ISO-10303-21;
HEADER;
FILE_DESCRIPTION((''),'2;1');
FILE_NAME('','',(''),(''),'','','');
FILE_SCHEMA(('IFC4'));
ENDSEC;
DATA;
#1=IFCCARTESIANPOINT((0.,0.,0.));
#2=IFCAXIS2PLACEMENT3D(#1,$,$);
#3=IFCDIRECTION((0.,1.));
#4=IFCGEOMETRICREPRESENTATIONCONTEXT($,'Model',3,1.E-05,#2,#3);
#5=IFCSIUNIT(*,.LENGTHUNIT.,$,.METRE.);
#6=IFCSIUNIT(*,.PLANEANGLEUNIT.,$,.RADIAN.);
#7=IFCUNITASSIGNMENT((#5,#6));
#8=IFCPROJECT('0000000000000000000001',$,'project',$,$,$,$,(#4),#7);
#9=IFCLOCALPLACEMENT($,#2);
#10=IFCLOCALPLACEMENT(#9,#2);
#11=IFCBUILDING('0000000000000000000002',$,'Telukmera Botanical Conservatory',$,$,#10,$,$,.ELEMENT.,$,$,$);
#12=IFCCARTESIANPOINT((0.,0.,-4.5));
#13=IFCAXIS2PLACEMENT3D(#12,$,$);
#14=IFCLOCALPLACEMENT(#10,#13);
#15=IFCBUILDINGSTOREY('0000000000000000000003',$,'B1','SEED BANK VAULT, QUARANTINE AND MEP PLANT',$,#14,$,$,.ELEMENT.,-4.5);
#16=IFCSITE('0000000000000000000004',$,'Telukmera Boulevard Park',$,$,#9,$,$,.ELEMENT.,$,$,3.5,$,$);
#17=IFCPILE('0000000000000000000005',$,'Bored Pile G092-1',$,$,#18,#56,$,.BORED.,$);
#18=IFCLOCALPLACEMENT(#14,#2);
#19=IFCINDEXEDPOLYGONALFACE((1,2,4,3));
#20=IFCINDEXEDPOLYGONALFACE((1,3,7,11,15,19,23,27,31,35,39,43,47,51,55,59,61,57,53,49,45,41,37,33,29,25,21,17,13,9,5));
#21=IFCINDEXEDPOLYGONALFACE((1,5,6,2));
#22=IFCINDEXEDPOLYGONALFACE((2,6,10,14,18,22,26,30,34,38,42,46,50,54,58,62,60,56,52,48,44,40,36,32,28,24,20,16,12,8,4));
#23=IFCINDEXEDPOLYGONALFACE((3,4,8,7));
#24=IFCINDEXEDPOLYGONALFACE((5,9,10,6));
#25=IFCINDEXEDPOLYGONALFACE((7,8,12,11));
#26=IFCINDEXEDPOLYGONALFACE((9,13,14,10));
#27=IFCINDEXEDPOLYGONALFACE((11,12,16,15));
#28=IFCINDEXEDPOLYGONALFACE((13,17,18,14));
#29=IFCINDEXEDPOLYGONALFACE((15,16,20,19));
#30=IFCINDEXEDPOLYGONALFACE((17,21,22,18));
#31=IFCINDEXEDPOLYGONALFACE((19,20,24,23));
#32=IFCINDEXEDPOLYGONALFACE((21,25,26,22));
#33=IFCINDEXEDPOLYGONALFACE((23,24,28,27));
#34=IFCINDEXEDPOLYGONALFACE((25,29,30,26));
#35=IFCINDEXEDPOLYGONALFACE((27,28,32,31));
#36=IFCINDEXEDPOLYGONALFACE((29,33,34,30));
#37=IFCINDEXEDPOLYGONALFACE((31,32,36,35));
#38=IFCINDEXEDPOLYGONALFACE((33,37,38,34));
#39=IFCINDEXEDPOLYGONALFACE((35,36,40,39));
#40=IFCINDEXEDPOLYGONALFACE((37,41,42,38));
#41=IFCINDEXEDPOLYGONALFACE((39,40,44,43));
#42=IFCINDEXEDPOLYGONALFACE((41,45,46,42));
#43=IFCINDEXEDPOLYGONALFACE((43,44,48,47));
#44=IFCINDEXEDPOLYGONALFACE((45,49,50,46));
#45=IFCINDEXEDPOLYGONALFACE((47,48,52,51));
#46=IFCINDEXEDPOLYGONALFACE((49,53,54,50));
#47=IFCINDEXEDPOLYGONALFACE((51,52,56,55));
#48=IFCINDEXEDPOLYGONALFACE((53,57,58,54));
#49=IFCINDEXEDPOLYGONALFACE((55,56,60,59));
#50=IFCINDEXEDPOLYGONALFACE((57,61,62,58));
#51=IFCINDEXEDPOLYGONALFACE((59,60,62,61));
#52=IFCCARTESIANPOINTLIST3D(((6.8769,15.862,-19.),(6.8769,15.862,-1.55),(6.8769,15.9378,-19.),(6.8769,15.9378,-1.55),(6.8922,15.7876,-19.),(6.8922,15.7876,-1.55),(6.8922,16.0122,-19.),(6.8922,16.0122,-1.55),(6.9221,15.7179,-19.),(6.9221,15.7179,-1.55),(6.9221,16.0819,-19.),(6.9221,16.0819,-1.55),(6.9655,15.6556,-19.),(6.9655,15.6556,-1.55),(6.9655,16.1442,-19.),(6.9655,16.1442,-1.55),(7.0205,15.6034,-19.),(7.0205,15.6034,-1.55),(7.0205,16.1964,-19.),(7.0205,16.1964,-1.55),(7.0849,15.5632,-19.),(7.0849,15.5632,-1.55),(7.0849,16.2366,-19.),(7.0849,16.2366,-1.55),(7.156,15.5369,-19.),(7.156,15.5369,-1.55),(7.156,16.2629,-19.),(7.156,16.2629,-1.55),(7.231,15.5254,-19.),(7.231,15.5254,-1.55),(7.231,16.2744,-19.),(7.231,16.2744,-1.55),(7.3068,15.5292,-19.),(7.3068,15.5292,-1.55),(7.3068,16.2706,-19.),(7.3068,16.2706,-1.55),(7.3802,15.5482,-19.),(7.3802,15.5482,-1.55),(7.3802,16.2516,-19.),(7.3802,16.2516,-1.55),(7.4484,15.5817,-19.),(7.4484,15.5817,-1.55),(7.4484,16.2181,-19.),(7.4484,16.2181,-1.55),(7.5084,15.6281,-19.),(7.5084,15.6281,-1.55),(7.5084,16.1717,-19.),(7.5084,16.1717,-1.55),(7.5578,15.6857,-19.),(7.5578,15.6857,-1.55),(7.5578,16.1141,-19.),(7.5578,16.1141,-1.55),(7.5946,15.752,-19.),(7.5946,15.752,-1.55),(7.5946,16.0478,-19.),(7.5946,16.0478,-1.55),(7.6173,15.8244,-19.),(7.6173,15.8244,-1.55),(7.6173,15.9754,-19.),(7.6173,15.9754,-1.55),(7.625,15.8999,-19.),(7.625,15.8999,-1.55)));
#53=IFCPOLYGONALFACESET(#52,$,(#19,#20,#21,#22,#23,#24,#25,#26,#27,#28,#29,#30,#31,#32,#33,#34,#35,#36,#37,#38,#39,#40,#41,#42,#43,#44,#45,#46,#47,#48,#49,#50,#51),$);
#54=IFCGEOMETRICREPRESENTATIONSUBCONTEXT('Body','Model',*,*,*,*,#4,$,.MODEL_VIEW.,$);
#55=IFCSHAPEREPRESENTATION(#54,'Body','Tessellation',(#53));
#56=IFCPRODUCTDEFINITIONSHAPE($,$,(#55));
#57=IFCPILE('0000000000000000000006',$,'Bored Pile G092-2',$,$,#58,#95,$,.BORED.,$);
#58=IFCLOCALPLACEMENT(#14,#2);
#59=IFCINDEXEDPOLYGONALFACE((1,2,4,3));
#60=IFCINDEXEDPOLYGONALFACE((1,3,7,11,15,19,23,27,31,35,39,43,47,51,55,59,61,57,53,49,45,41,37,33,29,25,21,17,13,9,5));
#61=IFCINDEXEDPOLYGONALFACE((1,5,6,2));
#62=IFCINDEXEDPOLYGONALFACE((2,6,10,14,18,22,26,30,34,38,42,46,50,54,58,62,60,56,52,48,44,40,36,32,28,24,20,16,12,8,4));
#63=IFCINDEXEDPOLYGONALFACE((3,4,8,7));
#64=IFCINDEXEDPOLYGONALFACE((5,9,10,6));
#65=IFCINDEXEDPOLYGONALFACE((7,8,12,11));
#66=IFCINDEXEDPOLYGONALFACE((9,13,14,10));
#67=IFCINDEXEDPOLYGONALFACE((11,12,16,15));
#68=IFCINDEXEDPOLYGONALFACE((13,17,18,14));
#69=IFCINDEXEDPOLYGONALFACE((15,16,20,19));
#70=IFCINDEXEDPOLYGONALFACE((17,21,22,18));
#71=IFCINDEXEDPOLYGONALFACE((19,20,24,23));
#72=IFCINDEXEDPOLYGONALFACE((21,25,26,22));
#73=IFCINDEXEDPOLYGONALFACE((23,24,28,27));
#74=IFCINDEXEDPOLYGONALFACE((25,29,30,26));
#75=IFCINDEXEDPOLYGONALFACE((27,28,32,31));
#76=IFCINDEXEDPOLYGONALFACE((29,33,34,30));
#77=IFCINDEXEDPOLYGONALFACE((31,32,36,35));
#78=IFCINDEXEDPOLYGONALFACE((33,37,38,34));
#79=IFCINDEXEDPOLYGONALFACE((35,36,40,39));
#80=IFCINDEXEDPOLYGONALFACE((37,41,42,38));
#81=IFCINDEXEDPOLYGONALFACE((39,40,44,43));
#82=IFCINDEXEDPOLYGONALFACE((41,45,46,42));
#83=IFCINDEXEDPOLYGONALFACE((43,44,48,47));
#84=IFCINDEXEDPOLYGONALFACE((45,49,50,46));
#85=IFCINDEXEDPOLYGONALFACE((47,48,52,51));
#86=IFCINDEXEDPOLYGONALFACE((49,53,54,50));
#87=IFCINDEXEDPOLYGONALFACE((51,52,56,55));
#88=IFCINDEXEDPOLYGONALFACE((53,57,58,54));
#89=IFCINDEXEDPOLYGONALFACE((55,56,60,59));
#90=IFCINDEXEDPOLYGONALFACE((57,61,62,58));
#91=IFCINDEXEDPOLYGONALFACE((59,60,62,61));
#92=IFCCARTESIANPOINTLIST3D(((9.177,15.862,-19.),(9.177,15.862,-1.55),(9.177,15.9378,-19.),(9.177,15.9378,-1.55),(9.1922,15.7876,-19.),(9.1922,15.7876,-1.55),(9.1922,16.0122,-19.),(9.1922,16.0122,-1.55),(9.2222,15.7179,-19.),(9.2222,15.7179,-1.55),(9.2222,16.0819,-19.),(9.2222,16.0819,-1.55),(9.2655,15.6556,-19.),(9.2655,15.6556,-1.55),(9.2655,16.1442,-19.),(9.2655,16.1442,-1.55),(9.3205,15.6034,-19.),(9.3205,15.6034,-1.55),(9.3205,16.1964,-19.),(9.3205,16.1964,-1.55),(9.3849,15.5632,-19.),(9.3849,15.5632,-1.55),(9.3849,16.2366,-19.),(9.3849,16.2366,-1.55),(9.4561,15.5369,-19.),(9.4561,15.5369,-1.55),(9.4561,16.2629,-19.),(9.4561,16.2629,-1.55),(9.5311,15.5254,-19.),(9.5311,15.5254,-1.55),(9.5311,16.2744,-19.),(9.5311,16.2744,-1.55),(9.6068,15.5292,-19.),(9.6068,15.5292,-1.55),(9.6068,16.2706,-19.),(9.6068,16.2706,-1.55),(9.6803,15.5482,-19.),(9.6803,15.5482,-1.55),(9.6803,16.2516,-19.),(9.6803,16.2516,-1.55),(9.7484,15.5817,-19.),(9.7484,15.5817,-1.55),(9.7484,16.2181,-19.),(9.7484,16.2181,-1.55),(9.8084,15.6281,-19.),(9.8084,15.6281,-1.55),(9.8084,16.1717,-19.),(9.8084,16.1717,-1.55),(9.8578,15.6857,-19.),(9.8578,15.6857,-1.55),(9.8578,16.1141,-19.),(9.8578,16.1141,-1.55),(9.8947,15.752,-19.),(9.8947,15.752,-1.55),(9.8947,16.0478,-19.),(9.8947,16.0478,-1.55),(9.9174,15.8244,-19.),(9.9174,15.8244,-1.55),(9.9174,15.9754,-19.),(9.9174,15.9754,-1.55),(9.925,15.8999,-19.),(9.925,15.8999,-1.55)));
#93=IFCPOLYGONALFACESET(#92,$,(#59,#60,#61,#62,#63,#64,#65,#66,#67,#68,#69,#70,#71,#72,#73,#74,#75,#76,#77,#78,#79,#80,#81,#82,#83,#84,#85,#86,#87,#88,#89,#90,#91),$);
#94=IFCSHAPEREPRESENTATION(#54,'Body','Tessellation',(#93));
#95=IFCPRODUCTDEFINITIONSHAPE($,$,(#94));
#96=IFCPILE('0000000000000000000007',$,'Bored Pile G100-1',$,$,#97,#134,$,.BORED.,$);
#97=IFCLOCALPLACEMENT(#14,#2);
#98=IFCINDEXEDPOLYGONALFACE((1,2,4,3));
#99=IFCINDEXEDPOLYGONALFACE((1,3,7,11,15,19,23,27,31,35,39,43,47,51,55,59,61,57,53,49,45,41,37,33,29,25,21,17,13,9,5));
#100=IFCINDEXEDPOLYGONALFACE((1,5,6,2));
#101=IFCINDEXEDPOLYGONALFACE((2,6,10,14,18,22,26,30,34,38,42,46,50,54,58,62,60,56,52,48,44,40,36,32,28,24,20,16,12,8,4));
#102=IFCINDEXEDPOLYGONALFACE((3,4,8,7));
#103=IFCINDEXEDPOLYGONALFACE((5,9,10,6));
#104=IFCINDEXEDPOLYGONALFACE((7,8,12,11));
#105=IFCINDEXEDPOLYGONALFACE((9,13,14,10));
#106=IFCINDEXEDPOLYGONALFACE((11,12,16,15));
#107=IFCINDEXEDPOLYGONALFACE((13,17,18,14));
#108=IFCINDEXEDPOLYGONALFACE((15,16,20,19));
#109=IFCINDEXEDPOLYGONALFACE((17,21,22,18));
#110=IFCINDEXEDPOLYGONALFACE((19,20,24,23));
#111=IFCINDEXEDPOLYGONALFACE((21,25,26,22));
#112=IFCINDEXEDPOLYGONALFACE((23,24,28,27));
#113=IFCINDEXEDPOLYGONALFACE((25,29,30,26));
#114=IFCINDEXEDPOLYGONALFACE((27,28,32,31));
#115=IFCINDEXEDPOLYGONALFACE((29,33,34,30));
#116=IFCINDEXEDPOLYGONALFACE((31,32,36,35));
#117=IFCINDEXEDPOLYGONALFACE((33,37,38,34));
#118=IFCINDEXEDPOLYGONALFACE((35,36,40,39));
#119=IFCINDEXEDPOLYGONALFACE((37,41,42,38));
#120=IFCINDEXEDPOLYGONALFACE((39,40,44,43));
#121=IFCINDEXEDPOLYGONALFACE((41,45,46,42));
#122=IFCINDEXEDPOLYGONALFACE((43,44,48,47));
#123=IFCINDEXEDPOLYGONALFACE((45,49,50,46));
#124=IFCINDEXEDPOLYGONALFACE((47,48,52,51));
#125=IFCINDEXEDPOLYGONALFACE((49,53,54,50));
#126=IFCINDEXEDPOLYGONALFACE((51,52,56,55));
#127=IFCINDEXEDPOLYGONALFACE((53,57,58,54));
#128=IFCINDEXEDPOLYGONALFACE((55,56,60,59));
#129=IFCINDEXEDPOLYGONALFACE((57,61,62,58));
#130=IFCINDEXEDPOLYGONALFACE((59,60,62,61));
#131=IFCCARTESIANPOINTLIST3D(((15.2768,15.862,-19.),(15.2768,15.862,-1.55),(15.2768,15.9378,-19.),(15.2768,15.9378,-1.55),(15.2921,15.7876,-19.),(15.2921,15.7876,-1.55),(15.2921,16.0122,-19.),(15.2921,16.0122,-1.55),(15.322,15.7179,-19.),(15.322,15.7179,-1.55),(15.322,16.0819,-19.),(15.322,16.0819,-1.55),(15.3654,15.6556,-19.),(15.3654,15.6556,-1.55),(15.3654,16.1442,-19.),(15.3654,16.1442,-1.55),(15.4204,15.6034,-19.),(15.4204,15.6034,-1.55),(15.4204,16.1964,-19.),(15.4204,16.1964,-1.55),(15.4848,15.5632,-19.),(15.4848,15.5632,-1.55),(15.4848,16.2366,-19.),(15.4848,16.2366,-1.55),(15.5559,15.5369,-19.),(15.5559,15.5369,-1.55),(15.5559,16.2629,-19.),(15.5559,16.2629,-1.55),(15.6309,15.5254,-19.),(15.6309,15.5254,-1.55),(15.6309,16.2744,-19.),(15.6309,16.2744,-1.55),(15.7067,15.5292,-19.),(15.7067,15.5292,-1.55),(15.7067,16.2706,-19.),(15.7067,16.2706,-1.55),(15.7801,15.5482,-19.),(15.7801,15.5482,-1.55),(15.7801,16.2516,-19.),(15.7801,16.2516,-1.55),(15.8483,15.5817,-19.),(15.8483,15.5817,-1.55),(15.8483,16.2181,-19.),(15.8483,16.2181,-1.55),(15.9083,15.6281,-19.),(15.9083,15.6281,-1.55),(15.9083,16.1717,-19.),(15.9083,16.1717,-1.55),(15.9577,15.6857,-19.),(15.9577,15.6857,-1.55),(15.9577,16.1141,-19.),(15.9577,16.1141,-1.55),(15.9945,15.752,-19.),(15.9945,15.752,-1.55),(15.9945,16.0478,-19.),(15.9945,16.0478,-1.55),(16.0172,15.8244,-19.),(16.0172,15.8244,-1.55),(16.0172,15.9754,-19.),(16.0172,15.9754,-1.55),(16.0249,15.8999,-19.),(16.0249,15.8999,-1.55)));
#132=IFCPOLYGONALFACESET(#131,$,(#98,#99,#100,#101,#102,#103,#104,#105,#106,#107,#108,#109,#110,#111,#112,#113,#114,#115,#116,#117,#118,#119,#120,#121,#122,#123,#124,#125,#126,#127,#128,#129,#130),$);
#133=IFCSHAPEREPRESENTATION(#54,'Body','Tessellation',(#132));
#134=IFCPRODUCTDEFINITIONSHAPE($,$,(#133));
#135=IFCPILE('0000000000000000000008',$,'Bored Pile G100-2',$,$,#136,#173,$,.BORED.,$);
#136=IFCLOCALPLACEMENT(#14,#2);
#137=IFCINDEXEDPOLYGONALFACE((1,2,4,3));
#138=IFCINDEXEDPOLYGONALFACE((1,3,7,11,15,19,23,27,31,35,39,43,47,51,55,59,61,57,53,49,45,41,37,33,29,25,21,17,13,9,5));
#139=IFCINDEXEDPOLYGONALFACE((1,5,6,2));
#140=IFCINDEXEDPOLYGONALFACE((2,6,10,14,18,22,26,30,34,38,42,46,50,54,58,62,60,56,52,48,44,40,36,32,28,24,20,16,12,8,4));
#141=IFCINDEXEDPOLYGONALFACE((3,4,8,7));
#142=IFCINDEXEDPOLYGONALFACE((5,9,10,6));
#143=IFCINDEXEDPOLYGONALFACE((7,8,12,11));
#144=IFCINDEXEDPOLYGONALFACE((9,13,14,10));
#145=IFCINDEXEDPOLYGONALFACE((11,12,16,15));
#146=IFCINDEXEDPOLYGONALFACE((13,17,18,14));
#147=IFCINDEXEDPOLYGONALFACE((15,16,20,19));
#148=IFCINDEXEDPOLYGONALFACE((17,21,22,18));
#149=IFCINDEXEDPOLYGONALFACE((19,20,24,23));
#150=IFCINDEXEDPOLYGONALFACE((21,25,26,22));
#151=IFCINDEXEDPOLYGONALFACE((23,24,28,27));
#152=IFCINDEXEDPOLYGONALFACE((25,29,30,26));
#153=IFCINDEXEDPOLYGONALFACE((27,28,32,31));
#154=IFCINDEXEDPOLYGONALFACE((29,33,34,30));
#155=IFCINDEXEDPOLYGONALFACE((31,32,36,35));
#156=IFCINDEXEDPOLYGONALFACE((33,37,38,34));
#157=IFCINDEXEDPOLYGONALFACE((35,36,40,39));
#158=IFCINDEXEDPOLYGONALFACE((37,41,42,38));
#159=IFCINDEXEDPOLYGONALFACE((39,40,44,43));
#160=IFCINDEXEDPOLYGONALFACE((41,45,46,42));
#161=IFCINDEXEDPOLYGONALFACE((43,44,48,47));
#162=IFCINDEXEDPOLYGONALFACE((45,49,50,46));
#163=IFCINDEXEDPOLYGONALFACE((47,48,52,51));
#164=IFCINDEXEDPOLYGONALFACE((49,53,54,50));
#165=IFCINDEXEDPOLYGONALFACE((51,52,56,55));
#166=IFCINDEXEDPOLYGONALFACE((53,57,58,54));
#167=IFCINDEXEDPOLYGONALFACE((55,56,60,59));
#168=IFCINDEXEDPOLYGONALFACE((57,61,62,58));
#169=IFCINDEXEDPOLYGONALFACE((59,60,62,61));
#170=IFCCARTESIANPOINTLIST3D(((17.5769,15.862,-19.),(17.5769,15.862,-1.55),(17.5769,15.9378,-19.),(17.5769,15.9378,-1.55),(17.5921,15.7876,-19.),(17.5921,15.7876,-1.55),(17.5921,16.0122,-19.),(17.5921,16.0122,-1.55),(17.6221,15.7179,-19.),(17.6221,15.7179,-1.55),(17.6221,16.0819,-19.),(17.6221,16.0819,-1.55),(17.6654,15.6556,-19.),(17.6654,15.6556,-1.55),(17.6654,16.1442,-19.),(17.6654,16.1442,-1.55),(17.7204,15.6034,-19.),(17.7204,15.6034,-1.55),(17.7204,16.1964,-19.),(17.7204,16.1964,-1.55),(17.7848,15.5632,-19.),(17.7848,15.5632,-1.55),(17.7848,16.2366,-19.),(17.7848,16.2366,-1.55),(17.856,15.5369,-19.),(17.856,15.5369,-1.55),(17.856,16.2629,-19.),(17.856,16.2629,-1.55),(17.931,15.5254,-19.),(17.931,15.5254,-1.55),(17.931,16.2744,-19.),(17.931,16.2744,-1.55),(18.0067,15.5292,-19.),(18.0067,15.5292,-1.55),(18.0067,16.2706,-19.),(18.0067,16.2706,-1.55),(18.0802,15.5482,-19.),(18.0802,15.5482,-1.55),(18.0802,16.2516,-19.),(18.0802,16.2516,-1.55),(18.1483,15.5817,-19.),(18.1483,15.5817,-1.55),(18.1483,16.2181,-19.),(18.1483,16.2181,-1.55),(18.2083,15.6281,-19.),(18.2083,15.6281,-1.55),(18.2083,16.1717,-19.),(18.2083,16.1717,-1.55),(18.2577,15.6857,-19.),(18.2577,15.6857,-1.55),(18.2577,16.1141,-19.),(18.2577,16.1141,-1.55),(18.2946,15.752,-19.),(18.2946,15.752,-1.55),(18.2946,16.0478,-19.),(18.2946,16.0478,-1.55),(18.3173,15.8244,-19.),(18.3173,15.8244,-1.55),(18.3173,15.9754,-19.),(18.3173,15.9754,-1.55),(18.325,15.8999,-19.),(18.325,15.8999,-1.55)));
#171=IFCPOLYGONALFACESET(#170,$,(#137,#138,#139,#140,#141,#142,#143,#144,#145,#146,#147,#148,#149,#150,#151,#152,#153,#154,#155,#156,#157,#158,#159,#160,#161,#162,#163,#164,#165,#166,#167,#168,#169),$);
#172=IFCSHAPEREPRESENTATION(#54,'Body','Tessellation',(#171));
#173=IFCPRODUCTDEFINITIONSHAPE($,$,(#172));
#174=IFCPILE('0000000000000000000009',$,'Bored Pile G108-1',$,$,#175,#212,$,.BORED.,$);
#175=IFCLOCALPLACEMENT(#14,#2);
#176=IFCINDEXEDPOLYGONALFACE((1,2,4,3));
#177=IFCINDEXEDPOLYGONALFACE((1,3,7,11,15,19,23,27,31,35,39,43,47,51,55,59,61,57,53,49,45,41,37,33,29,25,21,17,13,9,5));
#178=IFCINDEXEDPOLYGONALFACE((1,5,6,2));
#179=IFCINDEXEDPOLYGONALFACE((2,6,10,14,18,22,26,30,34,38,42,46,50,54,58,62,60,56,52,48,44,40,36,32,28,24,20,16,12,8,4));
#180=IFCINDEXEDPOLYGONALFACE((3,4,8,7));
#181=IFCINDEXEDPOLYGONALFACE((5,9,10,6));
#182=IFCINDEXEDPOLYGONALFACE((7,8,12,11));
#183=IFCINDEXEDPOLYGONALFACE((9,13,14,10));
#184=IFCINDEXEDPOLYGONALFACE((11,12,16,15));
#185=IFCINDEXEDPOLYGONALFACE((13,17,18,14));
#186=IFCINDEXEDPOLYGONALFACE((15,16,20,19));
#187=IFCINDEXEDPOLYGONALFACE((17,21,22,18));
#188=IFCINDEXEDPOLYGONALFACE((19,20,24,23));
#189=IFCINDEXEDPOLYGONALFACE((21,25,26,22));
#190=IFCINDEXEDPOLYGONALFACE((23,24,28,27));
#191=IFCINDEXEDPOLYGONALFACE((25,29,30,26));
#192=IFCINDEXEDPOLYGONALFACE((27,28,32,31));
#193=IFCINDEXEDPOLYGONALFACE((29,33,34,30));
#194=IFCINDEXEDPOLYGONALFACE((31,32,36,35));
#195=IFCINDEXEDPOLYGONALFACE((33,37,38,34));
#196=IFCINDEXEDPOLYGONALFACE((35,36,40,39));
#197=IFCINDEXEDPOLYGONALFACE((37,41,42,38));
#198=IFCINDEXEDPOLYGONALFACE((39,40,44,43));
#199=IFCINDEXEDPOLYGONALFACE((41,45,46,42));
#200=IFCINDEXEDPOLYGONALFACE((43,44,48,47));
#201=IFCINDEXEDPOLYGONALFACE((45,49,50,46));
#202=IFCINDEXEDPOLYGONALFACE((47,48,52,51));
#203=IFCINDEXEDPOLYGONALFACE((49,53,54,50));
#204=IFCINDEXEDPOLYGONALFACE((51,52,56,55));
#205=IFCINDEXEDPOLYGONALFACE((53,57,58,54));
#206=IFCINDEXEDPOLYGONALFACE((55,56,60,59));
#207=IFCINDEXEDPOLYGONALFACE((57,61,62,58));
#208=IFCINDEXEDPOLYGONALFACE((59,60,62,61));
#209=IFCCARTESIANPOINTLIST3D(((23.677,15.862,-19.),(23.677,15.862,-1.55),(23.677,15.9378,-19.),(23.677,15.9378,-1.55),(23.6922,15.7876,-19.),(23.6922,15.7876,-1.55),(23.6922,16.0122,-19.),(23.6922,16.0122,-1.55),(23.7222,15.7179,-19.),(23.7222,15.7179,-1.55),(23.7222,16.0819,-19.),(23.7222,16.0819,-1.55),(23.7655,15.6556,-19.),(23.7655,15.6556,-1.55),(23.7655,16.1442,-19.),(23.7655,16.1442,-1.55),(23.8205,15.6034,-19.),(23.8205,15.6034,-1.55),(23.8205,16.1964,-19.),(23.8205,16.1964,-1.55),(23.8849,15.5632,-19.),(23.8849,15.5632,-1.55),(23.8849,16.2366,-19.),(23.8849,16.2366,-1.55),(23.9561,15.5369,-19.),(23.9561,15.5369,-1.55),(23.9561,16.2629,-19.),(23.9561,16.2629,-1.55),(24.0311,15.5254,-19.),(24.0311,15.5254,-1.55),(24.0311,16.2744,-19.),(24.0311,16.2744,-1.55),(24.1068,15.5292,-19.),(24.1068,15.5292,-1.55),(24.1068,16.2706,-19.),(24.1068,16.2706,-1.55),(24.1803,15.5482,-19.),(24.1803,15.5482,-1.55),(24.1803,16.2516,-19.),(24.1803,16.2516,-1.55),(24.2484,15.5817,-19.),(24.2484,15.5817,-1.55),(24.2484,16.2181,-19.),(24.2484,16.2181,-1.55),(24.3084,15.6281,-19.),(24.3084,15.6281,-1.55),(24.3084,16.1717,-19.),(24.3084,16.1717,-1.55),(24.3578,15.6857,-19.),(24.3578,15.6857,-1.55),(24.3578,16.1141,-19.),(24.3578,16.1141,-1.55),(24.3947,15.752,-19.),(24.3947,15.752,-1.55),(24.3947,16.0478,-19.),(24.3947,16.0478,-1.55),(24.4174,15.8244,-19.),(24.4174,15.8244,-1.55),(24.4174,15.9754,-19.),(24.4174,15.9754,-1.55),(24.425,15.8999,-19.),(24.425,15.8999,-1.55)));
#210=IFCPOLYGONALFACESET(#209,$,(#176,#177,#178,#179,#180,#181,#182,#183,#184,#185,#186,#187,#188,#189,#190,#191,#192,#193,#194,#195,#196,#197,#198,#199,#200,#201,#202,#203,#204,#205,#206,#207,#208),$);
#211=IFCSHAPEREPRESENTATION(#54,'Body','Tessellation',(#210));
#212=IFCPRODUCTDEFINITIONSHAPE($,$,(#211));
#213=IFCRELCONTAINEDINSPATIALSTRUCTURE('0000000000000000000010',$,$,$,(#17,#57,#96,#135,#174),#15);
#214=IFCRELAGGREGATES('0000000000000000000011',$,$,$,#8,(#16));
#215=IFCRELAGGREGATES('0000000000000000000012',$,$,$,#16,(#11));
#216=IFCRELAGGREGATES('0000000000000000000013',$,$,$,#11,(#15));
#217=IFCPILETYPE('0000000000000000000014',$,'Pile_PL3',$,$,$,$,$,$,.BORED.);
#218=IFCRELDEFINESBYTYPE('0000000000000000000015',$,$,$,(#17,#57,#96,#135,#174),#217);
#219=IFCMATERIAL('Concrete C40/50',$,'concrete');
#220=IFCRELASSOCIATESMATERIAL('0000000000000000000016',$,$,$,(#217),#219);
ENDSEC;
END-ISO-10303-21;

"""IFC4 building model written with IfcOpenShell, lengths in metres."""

from ifc_helpers import new_model, si_unit, direction, frame, origin, origin_2d, place, context, subcontext, project, spatial, circle, extrude, material, material_profile, profile_set, type_object, element, save


model = new_model("IFC4")

# Units and contexts
model_context = context("Model", 3, precision=1e-05, world=origin(), true_north=direction((0.0, 1.0)))
body_context = subcontext(model_context, "Body", "Model", "MODEL_VIEW")
ifc_project = project(units=[si_unit("LENGTHUNIT", "METRE"), si_unit("PLANEANGLEUNIT", "RADIAN")], contexts=[model_context])

# Site, building, storey
site_placement = place(None, origin())
site = spatial("IfcSite", under=ifc_project, at=site_placement, Name="Telukmera Boulevard Park", CompositionType="ELEMENT", RefElevation=3.5)
building_placement = place(site_placement, origin())
building = spatial("IfcBuilding", under=site, at=building_placement, Name="Telukmera Botanical Conservatory", CompositionType="ELEMENT")
storey_placement = place(building_placement, frame((0.0, 0.0, -4.5)))
storey = spatial("IfcBuildingStorey", under=building, at=storey_placement, Name="B1", Description="SEED BANK VAULT, QUARANTINE AND MEP PLANT", CompositionType="ELEMENT", Elevation=-4.5)

# Shared definitions
ifc_material_1 = material(Name="Concrete C40/50", Category="concrete")

# Piles
ifc_material_profile_1 = material_profile(ifc_material_1, circle(Radius=0.375, at=origin_2d()), Name="PILE D750")
ifc_profile_set_1 = profile_set([ifc_material_profile_1], Name="Concrete C40/50")
pile_type = type_object("IfcPileType", Name="Pile_PL3", PredefinedType="BORED", material=ifc_profile_set_1)
for number, where, z_axis, x_axis, name in (
    (1, (7.25, 15.8999, -1.55), (0.0, 0.0, -1.0), (1.0, 0.0, 0.0), "Bored Pile G092-1"),
    (2, (9.55, 15.8999, -1.55), (0.0, 0.0, -1.0), (1.0, 0.0, 0.0), "Bored Pile G092-2"),
    (3, (15.6499, 15.8999, -1.55), (0.0, 0.0, -1.0), (1.0, 0.0, 0.0), "Bored Pile G100-1"),
    (4, (17.95, 15.8999, -1.55), (0.0, 0.0, -1.0), (1.0, 0.0, 0.0), "Bored Pile G100-2"),
    (5, (24.05, 15.8999, -1.55), (0.0, 0.0, -1.0), (1.0, 0.0, 0.0), "Bored Pile G108-1"),
):
    element("IfcPile", number, at=place(storey_placement, frame(where, z_axis=z_axis, x_axis=x_axis)), inside=storey, type_object=pile_type, Name=name, PredefinedType="BORED", context=body_context, shape_type="SweptSolid", body=[
        extrude(circle(Radius=0.375, at=origin_2d()), origin(), (0.0, 0.0, 1.0), 17.45),
    ])

save(model, "model.ifc")
